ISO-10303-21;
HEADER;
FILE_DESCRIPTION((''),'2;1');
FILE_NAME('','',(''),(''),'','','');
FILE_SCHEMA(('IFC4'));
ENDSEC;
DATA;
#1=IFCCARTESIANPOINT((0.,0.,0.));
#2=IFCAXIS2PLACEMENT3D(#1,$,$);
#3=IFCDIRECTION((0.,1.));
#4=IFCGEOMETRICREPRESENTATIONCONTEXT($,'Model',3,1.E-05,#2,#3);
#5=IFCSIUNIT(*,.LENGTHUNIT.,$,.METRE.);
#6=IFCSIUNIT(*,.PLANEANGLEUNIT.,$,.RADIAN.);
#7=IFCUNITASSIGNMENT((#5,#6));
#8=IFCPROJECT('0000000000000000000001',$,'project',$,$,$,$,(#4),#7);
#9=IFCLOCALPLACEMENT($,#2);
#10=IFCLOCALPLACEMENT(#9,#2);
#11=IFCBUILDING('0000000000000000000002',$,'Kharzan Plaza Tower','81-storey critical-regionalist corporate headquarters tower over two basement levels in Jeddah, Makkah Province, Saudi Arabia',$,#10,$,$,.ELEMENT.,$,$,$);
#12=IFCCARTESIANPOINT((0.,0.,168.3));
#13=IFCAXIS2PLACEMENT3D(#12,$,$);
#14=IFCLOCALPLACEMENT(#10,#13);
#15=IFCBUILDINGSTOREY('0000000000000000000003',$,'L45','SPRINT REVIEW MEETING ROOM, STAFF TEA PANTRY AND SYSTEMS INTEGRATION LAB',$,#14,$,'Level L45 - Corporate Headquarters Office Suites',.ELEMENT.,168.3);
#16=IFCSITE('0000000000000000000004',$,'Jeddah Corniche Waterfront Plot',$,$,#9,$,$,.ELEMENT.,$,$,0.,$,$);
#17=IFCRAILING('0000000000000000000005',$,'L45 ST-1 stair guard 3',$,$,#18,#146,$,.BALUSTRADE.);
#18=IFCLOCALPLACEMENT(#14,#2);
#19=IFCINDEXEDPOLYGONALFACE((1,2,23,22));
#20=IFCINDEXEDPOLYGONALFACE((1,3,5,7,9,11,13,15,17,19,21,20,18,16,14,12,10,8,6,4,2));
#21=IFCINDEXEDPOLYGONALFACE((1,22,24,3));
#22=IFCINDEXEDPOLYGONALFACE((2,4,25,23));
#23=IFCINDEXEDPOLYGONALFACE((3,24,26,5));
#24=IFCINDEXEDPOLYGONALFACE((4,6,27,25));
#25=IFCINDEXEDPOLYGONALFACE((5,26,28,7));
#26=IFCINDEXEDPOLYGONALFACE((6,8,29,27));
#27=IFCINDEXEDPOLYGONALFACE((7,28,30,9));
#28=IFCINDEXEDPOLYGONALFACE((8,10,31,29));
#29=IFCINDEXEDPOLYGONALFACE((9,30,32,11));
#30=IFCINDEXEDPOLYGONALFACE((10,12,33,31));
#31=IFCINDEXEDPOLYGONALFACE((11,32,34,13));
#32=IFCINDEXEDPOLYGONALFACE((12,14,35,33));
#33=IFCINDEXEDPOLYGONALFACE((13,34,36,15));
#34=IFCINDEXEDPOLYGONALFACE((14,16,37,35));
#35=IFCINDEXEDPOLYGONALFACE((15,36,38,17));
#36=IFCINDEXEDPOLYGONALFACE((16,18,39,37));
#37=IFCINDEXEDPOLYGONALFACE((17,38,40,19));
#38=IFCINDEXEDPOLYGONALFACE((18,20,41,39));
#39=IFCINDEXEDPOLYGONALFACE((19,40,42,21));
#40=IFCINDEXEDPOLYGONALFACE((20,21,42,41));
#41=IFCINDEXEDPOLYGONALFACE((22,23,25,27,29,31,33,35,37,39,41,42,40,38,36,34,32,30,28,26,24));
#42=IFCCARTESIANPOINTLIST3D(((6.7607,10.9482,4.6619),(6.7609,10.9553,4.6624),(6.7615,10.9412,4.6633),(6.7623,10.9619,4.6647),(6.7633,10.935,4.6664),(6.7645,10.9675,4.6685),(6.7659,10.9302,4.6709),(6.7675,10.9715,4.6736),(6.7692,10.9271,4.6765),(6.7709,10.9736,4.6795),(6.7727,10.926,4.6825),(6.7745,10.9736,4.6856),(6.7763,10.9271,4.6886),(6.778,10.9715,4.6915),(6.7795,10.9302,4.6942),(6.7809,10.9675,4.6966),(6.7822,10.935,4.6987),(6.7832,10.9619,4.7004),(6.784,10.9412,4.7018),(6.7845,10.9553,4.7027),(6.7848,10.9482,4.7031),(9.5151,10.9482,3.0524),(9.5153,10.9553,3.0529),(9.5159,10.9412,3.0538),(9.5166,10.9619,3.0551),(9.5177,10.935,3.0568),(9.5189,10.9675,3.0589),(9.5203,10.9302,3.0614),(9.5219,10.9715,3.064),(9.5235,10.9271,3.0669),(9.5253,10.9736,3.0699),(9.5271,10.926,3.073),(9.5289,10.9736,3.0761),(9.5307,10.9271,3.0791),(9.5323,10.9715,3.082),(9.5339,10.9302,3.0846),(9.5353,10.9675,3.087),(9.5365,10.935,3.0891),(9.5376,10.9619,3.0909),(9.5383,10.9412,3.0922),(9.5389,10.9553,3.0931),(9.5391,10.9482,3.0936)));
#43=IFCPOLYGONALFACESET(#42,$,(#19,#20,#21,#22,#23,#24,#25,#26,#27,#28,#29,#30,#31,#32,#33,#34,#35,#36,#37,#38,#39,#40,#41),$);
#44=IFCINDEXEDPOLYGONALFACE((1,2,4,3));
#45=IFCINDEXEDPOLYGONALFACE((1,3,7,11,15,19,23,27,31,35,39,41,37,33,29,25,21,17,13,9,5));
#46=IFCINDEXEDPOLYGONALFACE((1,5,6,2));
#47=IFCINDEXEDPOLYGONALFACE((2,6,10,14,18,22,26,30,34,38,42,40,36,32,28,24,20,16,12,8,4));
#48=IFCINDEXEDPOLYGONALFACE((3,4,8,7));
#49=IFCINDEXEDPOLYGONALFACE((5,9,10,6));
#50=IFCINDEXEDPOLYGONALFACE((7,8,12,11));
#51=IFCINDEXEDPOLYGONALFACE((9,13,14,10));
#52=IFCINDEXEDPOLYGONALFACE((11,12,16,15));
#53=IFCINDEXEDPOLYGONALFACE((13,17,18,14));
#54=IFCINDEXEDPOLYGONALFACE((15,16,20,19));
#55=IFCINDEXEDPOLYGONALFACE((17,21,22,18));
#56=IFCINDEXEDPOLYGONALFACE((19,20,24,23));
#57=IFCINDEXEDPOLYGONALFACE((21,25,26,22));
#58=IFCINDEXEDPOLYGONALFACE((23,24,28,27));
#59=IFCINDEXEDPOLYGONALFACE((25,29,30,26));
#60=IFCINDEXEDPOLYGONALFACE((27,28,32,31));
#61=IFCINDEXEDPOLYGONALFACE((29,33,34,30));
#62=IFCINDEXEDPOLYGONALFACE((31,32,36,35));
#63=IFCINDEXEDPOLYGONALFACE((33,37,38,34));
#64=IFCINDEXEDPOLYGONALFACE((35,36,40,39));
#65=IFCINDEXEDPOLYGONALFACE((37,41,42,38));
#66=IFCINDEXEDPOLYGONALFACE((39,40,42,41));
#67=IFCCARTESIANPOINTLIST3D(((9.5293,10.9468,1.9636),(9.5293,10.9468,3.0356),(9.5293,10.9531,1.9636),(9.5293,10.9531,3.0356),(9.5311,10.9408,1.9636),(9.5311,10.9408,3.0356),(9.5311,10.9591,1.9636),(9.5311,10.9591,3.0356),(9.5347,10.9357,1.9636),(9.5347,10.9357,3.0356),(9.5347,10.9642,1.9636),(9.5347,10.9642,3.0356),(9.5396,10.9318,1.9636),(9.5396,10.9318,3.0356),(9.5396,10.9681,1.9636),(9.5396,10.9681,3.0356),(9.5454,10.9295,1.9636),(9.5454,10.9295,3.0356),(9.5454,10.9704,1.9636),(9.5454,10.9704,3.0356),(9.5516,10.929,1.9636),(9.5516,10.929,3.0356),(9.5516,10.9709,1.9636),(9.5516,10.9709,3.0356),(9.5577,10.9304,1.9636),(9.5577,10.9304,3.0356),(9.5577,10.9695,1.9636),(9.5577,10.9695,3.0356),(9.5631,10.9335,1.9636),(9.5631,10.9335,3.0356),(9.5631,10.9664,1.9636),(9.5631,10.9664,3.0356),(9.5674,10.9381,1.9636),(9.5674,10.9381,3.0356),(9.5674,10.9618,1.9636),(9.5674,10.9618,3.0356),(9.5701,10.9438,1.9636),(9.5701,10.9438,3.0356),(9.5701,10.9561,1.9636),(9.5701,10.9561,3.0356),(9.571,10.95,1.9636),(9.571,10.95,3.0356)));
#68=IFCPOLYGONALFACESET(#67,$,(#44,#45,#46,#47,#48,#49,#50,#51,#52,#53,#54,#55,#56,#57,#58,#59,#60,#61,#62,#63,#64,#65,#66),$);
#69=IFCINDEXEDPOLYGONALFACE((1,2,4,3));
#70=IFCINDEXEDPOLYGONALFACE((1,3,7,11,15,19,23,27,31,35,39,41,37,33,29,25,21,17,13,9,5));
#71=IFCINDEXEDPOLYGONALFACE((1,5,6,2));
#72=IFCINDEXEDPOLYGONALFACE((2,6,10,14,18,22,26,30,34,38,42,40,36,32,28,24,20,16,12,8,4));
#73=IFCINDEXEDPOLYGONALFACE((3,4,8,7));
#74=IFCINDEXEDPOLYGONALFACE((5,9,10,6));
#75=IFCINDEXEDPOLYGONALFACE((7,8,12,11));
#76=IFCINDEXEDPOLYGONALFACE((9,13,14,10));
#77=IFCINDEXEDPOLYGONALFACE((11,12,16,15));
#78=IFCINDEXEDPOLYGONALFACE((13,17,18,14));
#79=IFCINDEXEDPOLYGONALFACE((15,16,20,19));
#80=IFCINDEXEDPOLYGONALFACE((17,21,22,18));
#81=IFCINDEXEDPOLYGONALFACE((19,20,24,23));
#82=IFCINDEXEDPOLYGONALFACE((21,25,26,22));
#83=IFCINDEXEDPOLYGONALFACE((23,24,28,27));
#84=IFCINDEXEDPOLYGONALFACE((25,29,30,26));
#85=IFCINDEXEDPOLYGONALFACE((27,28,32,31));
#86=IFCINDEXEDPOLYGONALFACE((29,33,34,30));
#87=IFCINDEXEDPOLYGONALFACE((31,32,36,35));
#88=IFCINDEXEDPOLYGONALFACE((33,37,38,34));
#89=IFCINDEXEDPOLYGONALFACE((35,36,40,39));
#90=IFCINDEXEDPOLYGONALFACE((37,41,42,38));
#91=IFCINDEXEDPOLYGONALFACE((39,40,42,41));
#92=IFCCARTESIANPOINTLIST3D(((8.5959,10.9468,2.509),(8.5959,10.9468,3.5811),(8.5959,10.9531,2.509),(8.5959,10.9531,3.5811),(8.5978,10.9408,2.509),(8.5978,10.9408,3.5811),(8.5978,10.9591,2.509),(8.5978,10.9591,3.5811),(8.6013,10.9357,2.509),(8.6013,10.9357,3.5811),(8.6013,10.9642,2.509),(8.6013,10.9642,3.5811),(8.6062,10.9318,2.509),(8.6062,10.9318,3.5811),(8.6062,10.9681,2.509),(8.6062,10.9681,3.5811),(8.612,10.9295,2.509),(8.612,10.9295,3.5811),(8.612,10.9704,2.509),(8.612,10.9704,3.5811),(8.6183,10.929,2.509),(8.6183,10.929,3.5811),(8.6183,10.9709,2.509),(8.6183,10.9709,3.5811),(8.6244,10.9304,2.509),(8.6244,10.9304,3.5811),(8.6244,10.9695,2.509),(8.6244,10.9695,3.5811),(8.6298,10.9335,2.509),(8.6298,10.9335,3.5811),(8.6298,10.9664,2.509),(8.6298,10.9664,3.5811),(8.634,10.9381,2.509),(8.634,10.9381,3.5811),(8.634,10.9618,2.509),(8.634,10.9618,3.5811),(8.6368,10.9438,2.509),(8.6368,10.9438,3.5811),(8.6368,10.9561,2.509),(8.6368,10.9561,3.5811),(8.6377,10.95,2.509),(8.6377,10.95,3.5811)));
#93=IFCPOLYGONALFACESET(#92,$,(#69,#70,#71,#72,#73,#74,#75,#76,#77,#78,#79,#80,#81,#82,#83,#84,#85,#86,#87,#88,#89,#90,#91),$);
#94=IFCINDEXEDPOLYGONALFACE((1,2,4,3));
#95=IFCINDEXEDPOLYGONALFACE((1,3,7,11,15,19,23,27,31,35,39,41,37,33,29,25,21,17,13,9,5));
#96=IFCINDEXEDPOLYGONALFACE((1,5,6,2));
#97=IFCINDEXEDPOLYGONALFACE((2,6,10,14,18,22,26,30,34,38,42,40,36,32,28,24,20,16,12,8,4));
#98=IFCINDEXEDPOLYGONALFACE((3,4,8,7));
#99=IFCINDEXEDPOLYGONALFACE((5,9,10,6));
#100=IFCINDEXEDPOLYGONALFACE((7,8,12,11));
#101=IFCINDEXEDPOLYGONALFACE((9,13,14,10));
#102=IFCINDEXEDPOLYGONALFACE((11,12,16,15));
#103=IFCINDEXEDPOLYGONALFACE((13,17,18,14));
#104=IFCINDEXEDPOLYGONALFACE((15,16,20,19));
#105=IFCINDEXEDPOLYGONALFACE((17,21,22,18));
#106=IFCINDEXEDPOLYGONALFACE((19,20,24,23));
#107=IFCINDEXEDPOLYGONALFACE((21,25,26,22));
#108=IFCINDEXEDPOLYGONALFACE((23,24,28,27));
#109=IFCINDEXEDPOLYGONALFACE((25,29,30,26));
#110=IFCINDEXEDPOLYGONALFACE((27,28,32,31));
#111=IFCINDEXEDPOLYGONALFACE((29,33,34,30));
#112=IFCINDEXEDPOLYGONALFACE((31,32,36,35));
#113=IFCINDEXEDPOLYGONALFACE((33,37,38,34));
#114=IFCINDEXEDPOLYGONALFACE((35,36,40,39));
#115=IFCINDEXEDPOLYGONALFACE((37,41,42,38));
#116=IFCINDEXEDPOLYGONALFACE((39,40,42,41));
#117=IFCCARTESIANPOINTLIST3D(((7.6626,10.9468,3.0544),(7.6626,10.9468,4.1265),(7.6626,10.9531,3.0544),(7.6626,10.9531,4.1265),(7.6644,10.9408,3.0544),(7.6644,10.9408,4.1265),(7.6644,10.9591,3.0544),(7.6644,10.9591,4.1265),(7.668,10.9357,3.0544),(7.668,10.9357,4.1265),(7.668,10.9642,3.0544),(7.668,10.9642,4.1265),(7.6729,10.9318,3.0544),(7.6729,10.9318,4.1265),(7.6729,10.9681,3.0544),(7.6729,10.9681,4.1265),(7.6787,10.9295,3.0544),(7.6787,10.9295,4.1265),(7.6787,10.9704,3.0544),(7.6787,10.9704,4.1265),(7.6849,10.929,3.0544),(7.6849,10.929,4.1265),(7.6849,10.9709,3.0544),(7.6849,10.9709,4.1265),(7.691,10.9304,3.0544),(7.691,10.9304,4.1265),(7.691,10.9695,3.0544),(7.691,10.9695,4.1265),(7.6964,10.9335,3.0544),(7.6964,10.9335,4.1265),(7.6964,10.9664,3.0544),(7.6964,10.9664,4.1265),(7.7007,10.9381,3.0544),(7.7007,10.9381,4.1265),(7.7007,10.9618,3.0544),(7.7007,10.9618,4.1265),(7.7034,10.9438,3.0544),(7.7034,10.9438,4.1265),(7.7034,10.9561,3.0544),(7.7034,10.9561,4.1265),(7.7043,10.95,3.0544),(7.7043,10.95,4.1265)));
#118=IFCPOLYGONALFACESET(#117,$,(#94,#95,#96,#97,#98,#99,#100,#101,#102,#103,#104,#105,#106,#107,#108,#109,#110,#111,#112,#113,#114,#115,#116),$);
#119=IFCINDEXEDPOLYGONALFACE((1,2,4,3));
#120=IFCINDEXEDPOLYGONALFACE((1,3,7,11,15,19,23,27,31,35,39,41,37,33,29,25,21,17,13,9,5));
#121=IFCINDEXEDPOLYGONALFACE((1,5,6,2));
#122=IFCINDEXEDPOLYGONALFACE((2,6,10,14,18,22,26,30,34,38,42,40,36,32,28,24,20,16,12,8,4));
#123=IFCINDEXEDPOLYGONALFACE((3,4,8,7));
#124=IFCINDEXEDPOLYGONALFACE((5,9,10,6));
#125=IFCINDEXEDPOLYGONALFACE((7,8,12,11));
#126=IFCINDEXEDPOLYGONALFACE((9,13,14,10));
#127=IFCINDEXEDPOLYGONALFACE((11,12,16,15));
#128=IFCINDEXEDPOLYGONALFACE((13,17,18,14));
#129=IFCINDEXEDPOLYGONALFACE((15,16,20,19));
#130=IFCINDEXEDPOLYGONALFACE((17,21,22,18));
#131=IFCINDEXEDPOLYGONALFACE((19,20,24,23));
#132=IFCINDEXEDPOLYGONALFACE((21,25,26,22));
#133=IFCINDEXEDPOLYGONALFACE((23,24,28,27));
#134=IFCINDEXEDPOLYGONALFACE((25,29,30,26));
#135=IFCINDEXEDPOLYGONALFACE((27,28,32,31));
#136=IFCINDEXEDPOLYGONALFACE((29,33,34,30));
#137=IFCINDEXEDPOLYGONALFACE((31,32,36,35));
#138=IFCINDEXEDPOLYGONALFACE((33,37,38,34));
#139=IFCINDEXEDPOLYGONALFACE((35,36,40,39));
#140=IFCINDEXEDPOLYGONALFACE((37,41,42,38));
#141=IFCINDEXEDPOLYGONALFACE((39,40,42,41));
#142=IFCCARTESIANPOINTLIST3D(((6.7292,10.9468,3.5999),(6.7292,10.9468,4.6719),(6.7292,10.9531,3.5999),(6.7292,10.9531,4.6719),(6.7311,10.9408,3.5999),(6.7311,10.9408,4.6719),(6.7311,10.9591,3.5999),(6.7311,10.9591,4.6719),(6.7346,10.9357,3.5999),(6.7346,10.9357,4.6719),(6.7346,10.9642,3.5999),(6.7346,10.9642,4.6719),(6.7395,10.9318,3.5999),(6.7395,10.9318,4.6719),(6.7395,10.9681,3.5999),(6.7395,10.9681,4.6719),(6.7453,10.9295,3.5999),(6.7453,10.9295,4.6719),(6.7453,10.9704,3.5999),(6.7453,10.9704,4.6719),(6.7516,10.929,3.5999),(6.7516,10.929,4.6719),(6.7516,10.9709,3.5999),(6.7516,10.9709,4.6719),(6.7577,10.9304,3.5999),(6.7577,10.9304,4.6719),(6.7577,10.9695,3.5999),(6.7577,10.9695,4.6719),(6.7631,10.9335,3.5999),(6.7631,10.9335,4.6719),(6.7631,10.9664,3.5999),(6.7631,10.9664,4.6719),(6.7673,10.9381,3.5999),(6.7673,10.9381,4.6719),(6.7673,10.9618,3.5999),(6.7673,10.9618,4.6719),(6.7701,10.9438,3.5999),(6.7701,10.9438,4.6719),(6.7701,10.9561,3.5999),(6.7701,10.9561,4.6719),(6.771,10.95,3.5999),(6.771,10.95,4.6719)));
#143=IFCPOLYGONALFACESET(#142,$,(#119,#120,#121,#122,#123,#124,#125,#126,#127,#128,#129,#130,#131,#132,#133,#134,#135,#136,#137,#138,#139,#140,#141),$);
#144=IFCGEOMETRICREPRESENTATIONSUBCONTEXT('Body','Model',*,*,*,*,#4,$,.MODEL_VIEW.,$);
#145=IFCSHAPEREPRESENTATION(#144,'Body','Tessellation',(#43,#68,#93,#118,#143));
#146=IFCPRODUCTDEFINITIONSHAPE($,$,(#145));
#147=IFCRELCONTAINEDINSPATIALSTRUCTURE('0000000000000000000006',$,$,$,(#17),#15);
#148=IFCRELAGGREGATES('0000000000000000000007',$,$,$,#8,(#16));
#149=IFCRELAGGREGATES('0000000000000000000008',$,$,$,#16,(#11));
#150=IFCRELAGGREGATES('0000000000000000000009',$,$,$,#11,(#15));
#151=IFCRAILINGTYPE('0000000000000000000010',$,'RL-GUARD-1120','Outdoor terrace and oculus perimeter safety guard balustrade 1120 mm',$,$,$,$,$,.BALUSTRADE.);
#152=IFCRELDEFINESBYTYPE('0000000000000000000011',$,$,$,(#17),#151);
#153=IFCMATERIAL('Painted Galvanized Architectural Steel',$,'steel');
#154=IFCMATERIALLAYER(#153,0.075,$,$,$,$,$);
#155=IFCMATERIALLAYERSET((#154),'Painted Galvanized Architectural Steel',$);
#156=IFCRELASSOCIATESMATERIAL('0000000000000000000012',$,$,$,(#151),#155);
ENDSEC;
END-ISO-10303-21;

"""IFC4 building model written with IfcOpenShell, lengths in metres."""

from ifc_helpers import new_model, si_unit, direction, frame, origin, origin_2d, place, context, subcontext, project, spatial, circle, extrude, source, transform, mapped, material, layer, layer_set, type_object, element, save


model = new_model("IFC4")

# Units and contexts
model_context = context("Model", 3, precision=1e-05, world=origin(), true_north=direction((0.0, 1.0)))
body_context = subcontext(model_context, "Body", "Model", "MODEL_VIEW")
ifc_project = project(units=[si_unit("LENGTHUNIT", "METRE"), si_unit("PLANEANGLEUNIT", "RADIAN")], contexts=[model_context])

# Site, building, storey
site_placement = place(None, origin())
site = spatial("IfcSite", under=ifc_project, at=site_placement, Name="Jeddah Corniche Waterfront Plot", CompositionType="ELEMENT", RefElevation=0.0)
building_placement = place(site_placement, origin())
building = spatial("IfcBuilding", under=site, at=building_placement, Name="Kharzan Plaza Tower", Description="81-storey critical-regionalist corporate headquarters tower over two basement levels in Jeddah, Makkah Province, Saudi Arabia", CompositionType="ELEMENT")
storey_placement = place(building_placement, frame((0.0, 0.0, 168.3)))
storey = spatial("IfcBuildingStorey", under=building, at=storey_placement, Name="L45", Description="SPRINT REVIEW MEETING ROOM, STAFF TEA PANTRY AND SYSTEMS INTEGRATION LAB", LongName="Level L45 - Corporate Headquarters Office Suites", CompositionType="ELEMENT", Elevation=168.3)

# Railing
ifc_material_1 = material(Name="Painted Galvanized Architectural Steel", Category="steel")
ifc_layer_1 = layer(ifc_material_1, 0.075)
ifc_layer_set_1 = layer_set([ifc_layer_1], Name="Painted Galvanized Architectural Steel")
railing_type_1 = type_object("IfcRailingType", Name="RL-GUARD-1120", Description="Outdoor terrace and oculus perimeter safety guard balustrade 1120 mm", PredefinedType="BALUSTRADE", material=ifc_layer_set_1)
shared_shape_1 = source(origin(), body_context, "Body", "SweptSolid", [
    extrude(circle(Radius=0.0239, at=origin_2d()), frame((-0.0229, 0.0, 1.1094), z_axis=(-0.863394, 0.0, 0.504531), x_axis=(0.0, -1.0, 0.0)), (0.0, 0.0, 1.0), 3.1902),
    extrude(circle(Radius=0.021, at=origin_2d()), origin(), (0.0, 0.0, 1.0), 1.072),
    extrude(circle(Radius=0.021, at=origin_2d()), frame((-0.9333, 0.0, 0.5454)), (0.0, 0.0, 1.0), 1.072),
    extrude(circle(Radius=0.021, at=origin_2d()), frame((-1.8667, 0.0, 1.0908)), (0.0, 0.0, 1.0), 1.072),
    extrude(circle(Radius=0.021, at=origin_2d()), frame((-2.8, 0.0, 1.6362)), (0.0, 0.0, 1.0), 1.072),
])
railing_1_placement = place(storey_placement, frame((9.55, 10.95, 1.9636)))
element("IfcRailing", 1, at=railing_1_placement, inside=storey, type_object=railing_type_1, Name="L45 ST-1 stair guard 3", PredefinedType="BALUSTRADE", context=body_context, shape_type="MappedRepresentation", body=[
    mapped(shared_shape_1, transform((0.0, 0.0, 0.0), x_axis=(1.0, 0.0, 0.0), y_axis=(0.0, 1.0, 0.0), z_axis=(0.0, 0.0, 1.0))),
])

save(model, "model.ifc")
